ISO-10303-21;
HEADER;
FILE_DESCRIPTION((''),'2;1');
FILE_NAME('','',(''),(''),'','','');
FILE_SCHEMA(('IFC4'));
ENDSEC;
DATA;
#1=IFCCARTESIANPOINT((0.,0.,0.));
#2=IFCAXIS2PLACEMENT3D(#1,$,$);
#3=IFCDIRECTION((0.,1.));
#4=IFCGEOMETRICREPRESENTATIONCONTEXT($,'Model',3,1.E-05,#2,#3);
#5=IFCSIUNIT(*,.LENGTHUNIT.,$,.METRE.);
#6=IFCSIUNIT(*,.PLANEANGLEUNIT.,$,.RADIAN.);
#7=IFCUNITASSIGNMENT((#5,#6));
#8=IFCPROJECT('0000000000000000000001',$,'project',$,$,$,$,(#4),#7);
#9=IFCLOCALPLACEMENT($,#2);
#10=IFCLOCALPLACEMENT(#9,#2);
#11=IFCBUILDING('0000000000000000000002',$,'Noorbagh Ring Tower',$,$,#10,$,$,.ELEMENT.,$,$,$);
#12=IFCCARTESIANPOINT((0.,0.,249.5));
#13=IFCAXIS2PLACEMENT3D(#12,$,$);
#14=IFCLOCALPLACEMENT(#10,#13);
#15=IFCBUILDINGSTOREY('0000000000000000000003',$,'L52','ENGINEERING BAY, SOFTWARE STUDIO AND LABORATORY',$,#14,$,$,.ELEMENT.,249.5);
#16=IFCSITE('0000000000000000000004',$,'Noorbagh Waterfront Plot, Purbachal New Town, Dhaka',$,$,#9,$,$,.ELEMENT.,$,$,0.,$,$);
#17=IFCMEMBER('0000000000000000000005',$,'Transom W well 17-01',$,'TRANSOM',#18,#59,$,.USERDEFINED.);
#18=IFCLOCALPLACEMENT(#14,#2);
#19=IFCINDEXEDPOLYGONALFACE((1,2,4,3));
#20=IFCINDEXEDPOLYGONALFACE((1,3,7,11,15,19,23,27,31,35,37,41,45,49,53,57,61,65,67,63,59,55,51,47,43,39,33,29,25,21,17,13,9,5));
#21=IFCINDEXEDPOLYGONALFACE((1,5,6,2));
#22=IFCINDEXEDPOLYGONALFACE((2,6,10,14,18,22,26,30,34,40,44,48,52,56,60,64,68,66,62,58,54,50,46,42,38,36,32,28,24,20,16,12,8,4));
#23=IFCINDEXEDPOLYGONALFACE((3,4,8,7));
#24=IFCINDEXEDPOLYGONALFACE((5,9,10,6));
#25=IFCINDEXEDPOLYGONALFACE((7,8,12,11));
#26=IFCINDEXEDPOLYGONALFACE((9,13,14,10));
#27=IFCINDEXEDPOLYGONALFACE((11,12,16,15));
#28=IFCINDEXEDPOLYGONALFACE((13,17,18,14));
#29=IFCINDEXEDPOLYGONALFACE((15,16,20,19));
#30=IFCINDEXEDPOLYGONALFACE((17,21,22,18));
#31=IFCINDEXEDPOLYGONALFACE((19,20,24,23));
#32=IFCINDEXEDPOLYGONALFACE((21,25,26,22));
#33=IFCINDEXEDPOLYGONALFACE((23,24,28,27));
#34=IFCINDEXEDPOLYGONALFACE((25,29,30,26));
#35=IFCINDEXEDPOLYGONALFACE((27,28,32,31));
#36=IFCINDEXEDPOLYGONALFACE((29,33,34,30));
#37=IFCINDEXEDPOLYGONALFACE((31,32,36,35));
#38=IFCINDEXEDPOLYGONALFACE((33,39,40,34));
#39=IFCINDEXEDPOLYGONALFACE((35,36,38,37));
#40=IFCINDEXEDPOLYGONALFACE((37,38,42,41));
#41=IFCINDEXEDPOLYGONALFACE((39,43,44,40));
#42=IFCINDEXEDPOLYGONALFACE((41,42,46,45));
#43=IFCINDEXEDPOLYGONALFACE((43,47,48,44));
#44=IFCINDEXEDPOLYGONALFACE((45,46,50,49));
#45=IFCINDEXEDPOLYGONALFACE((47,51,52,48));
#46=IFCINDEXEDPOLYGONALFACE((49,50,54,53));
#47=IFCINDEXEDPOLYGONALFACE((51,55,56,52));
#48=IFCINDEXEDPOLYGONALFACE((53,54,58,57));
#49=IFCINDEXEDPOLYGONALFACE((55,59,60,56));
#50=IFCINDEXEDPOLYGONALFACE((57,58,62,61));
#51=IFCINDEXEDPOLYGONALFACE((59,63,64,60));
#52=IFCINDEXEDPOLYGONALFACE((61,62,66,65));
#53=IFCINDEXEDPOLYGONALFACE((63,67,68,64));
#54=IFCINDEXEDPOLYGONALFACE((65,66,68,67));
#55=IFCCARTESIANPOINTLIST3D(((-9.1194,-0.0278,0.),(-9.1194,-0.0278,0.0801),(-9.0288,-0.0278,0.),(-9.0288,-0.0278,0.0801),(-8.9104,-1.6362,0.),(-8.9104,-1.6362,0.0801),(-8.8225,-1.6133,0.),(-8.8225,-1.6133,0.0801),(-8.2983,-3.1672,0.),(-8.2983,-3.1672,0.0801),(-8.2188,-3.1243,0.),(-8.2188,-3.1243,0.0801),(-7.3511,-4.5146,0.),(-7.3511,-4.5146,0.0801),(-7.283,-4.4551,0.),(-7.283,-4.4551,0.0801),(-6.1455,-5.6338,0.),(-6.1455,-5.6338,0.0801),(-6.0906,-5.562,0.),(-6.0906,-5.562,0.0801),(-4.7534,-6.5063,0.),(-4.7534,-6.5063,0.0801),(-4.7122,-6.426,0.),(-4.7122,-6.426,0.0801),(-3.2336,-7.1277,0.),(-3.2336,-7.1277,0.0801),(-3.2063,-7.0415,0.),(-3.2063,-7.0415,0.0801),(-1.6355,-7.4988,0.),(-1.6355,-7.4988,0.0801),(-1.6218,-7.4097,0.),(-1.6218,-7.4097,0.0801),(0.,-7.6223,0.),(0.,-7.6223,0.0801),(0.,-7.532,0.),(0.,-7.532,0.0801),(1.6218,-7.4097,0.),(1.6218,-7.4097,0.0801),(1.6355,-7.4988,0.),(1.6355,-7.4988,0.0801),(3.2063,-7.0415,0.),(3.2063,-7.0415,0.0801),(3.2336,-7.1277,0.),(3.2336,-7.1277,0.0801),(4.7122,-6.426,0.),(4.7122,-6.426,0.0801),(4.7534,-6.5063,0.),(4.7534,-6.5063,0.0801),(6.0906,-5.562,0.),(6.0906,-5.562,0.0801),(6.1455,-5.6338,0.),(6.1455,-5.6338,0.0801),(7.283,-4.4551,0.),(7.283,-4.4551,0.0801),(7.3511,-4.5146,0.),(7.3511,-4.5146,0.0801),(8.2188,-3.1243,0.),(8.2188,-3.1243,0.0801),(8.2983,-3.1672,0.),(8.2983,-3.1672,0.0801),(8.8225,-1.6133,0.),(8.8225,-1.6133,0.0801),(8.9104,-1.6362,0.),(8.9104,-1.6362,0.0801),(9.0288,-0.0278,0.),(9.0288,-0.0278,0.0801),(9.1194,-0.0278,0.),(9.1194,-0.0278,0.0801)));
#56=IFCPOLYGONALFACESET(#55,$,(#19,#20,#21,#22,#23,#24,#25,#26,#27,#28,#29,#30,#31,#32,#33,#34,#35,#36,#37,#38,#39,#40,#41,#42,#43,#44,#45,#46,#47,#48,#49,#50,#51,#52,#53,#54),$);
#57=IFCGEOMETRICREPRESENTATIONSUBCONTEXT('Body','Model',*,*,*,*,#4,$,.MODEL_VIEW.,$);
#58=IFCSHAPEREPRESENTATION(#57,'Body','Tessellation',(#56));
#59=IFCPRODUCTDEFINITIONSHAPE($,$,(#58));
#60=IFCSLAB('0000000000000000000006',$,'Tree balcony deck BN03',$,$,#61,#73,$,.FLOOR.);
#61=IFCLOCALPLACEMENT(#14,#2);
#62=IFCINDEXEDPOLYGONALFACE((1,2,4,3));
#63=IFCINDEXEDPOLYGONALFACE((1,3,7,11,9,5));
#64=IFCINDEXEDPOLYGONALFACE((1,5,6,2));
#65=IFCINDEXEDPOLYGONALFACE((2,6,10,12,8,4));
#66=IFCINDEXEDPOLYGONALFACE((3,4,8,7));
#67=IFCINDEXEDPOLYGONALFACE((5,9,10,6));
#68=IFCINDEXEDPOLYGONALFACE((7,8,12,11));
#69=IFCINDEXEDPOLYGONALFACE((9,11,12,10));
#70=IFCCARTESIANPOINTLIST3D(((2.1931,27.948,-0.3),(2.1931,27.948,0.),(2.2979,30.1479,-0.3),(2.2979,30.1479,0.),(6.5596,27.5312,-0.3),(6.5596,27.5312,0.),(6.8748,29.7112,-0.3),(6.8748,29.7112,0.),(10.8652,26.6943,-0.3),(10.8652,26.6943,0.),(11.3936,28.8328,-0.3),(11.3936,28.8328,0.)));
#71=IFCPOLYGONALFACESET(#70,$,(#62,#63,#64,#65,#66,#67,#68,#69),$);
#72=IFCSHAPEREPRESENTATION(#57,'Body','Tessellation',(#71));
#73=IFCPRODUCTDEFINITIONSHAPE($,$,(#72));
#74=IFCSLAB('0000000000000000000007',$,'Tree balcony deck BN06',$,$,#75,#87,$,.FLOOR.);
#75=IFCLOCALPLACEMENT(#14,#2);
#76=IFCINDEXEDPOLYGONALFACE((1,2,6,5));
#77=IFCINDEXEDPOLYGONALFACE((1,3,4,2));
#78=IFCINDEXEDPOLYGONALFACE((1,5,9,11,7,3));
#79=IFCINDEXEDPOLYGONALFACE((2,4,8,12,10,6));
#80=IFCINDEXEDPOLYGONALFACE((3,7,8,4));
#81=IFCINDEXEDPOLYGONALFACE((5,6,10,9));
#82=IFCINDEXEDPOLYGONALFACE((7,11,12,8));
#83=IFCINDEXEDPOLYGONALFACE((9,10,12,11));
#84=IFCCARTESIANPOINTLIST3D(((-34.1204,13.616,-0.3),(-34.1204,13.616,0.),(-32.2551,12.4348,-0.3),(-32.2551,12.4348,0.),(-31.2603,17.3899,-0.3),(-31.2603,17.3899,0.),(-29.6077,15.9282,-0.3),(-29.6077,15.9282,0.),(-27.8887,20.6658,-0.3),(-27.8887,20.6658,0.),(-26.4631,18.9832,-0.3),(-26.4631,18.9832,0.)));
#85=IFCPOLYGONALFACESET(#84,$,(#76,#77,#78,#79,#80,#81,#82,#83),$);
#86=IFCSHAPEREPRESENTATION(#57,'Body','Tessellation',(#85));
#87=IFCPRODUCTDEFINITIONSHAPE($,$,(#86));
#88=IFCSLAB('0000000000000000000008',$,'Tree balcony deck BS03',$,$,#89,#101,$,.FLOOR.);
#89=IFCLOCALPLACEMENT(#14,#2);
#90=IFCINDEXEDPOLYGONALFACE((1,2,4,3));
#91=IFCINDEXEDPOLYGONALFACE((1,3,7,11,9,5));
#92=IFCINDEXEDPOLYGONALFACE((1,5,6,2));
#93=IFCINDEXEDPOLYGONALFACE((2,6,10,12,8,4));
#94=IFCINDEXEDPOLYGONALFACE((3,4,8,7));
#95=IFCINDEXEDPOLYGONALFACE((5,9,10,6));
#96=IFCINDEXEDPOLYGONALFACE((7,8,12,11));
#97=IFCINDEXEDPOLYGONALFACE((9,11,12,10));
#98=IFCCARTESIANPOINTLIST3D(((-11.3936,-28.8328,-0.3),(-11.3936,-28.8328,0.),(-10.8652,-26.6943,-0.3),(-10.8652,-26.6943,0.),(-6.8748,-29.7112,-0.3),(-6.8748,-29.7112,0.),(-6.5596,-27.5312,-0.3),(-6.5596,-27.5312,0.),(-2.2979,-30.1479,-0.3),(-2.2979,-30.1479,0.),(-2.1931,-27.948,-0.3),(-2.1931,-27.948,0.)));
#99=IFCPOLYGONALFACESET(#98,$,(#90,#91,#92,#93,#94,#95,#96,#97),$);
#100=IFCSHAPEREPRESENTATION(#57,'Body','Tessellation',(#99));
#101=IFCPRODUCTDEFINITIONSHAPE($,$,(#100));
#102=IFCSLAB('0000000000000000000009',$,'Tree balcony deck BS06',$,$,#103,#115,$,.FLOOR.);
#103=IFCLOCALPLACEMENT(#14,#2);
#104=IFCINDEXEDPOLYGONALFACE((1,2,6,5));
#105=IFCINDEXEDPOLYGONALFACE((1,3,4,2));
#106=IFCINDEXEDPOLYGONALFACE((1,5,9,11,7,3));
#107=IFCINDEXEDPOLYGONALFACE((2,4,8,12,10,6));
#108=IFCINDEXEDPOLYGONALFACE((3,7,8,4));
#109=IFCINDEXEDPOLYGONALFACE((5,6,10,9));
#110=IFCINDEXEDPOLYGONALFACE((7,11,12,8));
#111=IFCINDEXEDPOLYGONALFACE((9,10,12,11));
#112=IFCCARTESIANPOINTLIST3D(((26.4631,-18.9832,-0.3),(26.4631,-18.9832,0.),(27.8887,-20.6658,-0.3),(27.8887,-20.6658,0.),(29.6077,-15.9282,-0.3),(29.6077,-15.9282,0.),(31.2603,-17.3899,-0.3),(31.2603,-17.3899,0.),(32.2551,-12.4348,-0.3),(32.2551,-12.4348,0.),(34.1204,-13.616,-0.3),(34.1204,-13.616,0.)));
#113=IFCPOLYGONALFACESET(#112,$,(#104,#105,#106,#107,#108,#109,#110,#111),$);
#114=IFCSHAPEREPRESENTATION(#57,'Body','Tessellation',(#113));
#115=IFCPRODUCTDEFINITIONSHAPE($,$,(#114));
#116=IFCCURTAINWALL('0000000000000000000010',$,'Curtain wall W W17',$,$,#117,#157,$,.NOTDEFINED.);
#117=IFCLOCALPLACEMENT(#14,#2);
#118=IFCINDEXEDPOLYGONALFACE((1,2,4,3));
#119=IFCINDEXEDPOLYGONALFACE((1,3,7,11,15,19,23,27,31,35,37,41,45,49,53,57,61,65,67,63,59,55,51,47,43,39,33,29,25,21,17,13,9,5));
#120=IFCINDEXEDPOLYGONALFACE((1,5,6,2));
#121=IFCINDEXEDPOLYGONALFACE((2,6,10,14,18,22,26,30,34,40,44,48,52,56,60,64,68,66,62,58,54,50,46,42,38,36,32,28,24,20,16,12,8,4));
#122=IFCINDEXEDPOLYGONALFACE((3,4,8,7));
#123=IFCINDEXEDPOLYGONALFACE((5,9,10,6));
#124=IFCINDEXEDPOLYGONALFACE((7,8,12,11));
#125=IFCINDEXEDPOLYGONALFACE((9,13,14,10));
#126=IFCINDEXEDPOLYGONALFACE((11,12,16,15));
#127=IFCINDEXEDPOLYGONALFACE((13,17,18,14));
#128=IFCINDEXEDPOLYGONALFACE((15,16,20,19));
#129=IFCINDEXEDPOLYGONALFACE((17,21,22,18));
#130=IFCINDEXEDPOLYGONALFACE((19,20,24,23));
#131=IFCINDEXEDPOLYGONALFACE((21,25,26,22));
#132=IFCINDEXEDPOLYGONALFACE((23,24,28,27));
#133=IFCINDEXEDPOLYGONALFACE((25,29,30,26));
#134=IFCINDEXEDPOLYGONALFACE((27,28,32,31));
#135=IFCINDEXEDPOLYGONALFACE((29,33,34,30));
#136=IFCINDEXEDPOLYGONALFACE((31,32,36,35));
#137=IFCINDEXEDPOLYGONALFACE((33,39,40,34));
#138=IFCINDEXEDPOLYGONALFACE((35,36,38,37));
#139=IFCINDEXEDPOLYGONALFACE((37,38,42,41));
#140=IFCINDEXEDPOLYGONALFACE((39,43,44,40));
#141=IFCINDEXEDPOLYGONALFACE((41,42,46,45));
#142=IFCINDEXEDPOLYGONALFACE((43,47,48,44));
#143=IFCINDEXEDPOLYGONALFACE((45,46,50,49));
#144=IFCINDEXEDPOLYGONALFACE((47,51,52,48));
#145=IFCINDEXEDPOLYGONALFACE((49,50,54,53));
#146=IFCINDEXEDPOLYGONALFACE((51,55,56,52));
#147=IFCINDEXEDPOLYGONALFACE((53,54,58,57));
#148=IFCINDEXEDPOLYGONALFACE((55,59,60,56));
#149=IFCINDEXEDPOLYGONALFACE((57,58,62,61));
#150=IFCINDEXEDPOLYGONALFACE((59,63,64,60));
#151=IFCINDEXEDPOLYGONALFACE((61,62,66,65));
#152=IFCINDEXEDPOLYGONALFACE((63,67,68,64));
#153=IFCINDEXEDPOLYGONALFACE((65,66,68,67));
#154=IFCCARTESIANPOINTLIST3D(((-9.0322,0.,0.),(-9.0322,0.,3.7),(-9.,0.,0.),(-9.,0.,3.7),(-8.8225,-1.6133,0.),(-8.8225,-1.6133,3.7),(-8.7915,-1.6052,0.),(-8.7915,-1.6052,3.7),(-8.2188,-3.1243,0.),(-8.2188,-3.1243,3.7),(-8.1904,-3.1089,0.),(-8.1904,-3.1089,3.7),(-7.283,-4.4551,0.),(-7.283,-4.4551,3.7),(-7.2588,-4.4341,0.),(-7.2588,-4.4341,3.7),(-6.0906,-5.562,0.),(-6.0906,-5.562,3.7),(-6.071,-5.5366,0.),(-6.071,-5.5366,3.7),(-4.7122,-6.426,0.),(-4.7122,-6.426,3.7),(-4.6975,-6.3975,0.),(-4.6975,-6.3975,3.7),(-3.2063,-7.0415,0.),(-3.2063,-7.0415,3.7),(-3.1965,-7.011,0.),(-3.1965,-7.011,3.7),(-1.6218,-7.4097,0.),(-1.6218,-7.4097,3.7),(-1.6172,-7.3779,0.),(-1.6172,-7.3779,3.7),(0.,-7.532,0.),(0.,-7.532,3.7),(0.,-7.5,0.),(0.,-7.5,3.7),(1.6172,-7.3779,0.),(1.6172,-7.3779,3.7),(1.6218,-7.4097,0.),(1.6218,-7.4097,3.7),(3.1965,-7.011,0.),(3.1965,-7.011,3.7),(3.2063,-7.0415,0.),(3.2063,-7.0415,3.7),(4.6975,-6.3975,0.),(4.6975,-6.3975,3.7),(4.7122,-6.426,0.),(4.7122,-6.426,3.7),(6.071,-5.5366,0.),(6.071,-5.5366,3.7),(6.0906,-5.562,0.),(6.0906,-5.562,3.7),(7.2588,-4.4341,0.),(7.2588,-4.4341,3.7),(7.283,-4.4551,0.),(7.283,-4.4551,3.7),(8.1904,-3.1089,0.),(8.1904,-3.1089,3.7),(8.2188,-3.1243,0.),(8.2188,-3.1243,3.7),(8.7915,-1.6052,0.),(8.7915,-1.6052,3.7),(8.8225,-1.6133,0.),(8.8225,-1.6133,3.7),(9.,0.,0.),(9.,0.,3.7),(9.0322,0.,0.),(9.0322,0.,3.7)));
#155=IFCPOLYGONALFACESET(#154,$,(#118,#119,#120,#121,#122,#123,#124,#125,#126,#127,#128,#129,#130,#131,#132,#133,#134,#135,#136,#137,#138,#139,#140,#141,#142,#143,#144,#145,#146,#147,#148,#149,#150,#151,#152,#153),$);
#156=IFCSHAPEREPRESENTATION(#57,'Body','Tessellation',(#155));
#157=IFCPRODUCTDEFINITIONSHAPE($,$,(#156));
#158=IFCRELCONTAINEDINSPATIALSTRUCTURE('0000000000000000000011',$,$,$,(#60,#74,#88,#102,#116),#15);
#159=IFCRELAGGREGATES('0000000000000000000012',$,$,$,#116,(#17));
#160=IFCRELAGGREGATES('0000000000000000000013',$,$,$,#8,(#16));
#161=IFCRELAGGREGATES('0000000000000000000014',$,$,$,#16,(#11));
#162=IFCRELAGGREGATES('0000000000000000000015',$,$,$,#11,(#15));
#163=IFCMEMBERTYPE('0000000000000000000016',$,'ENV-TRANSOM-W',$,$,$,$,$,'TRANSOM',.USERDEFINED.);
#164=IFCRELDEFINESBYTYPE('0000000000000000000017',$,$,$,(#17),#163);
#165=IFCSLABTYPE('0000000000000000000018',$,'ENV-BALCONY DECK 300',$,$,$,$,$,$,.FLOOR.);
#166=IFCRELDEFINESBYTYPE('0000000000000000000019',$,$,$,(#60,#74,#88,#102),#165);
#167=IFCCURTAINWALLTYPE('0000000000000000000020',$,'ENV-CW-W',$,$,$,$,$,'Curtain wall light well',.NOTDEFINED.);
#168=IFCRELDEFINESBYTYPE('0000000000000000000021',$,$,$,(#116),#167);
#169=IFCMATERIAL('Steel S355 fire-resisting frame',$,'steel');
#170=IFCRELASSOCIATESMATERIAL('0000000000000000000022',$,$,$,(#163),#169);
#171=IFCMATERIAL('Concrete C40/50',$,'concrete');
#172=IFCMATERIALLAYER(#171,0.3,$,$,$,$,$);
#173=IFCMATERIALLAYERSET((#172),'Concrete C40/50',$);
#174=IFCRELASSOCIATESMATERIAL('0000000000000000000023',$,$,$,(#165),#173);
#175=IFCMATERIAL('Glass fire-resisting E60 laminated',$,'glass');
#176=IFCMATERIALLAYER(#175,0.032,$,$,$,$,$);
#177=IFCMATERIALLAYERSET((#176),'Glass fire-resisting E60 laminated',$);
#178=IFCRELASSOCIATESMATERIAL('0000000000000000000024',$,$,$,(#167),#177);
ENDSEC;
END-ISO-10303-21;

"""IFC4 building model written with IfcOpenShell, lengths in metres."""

from ifc_helpers import new_model, si_unit, direction, frame, origin, place, context, subcontext, project, spatial, polyline, outline, extrude, material, layer, layer_set, type_object, element, aggregate, save


model = new_model("IFC4")

# Units and contexts
model_context = context("Model", 3, precision=1e-05, world=origin(), true_north=direction((0.0, 1.0)))
body_context = subcontext(model_context, "Body", "Model", "MODEL_VIEW")
ifc_project = project(units=[si_unit("LENGTHUNIT", "METRE"), si_unit("PLANEANGLEUNIT", "RADIAN")], contexts=[model_context])

# Member
site_placement = place(None, origin())
building_placement = place(site_placement, origin())
storey_placement = place(building_placement, frame((0.0, 0.0, 249.5)))
ifc_material_1 = material(Name="Steel S355 fire-resisting frame", Category="steel")
member_type_1 = type_object("IfcMemberType", Name="ENV-TRANSOM-W", ElementType="TRANSOM", PredefinedType="USERDEFINED", material=ifc_material_1)
member_1_placement = place(storey_placement, origin())
member_1 = element("IfcMember", 1, at=member_1_placement, type_object=member_type_1, Name="Transom W well 17-01", ObjectType="TRANSOM", PredefinedType="USERDEFINED", context=body_context, shape_type="SweptSolid", body=[
    extrude(outline(polyline([(-9.1194, -0.0278), (-8.9104, -1.6362), (-8.2983, -3.1672), (-7.3511, -4.5146), (-6.1455, -5.6338), (-4.7534, -6.5063), (-3.2336, -7.1277), (-1.6355, -7.4988), (0.0, -7.6223), (1.6355, -7.4988), (3.2336, -7.1277), (4.7534, -6.5063), (6.1455, -5.6338), (7.3511, -4.5146), (8.2983, -3.1672), (8.9104, -1.6362), (9.1194, -0.0278), (9.0288, -0.0278), (8.8225, -1.6133), (8.2188, -3.1243), (7.283, -4.4551), (6.0906, -5.562), (4.7122, -6.426), (3.2063, -7.0415), (1.6218, -7.4097), (0.0, -7.532), (-1.6218, -7.4097), (-3.2063, -7.0415), (-4.7122, -6.426), (-6.0906, -5.562), (-7.283, -4.4551), (-8.2188, -3.1243), (-8.8225, -1.6133), (-9.0288, -0.0278), (-9.1194, -0.0278)])), origin(), (0.0, 0.0, 1.0), 0.0801),
])

# Site, building, storey
site = spatial("IfcSite", under=ifc_project, at=site_placement, Name="Noorbagh Waterfront Plot, Purbachal New Town, Dhaka", CompositionType="ELEMENT", RefElevation=0.0)
building = spatial("IfcBuilding", under=site, at=building_placement, Name="Noorbagh Ring Tower", CompositionType="ELEMENT")
storey = spatial("IfcBuildingStorey", under=building, at=storey_placement, Name="L52", Description="ENGINEERING BAY, SOFTWARE STUDIO AND LABORATORY", CompositionType="ELEMENT", Elevation=249.5)

# Slabs
ifc_material_2 = material(Name="Concrete C40/50", Category="concrete")
ifc_layer_1 = layer(ifc_material_2, 0.3)
ifc_layer_set_1 = layer_set([ifc_layer_1], Name="Concrete C40/50")
slab_type = type_object("IfcSlabType", Name="ENV-BALCONY DECK 300", PredefinedType="FLOOR", material=ifc_layer_set_1)
slab_1_placement = place(storey_placement, frame((0.0, 0.0, -0.3)))
element("IfcSlab", 2, at=slab_1_placement, inside=storey, type_object=slab_type, Name="Tree balcony deck BN03", PredefinedType="FLOOR", context=body_context, shape_type="SweptSolid", body=[
    extrude(outline(polyline([(11.3936, 28.8328), (6.8748, 29.7112), (2.2979, 30.1479), (2.1931, 27.948), (6.5596, 27.5312), (10.8652, 26.6943), (11.3936, 28.8328)])), origin(), (0.0, 0.0, 1.0), 0.3),
])
slab_2_placement = place(storey_placement, frame((0.0, 0.0, -0.3)))
element("IfcSlab", 3, at=slab_2_placement, inside=storey, type_object=slab_type, Name="Tree balcony deck BN06", PredefinedType="FLOOR", context=body_context, shape_type="SweptSolid", body=[
    extrude(outline(polyline([(-27.8887, 20.6658), (-31.2603, 17.3899), (-34.1204, 13.616), (-32.2551, 12.4348), (-29.6077, 15.9282), (-26.4631, 18.9832), (-27.8887, 20.6658)])), origin(), (0.0, 0.0, 1.0), 0.3),
])
slab_3_placement = place(storey_placement, frame((0.0, 0.0, -0.3)))
element("IfcSlab", 4, at=slab_3_placement, inside=storey, type_object=slab_type, Name="Tree balcony deck BS03", PredefinedType="FLOOR", context=body_context, shape_type="SweptSolid", body=[
    extrude(outline(polyline([(-11.3936, -28.8328), (-6.8748, -29.7112), (-2.2979, -30.1479), (-2.1931, -27.948), (-6.5596, -27.5312), (-10.8652, -26.6943), (-11.3936, -28.8328)])), origin(), (0.0, 0.0, 1.0), 0.3),
])
slab_4_placement = place(storey_placement, frame((0.0, 0.0, -0.3)))
element("IfcSlab", 5, at=slab_4_placement, inside=storey, type_object=slab_type, Name="Tree balcony deck BS06", PredefinedType="FLOOR", context=body_context, shape_type="SweptSolid", body=[
    extrude(outline(polyline([(27.8887, -20.6658), (31.2603, -17.3899), (34.1204, -13.616), (32.2551, -12.4348), (29.6077, -15.9282), (26.4631, -18.9832), (27.8887, -20.6658)])), origin(), (0.0, 0.0, 1.0), 0.3),
])

# Curtain wall
ifc_material_3 = material(Name="Glass fire-resisting E60 laminated", Category="glass")
ifc_layer_2 = layer(ifc_material_3, 0.032)
ifc_layer_set_2 = layer_set([ifc_layer_2], Name="Glass fire-resisting E60 laminated")
curtain_wall_type_1 = type_object("IfcCurtainWallType", Name="ENV-CW-W", ElementType="Curtain wall light well", PredefinedType="NOTDEFINED", material=ifc_layer_set_2)
curtain_wall_1_placement = place(storey_placement, origin())
curtain_wall_1 = element("IfcCurtainWall", 6, at=curtain_wall_1_placement, inside=storey, type_object=curtain_wall_type_1, Name="Curtain wall W W17", PredefinedType="NOTDEFINED", context=body_context, shape_type="SweptSolid", body=[
    extrude(outline(polyline([(-9.0322, 0.0), (-8.8225, -1.6133), (-8.2188, -3.1243), (-7.283, -4.4551), (-6.0906, -5.562), (-4.7122, -6.426), (-3.2063, -7.0415), (-1.6218, -7.4097), (0.0, -7.532), (1.6218, -7.4097), (3.2063, -7.0415), (4.7122, -6.426), (6.0906, -5.562), (7.283, -4.4551), (8.2188, -3.1243), (8.8225, -1.6133), (9.0322, 0.0), (9.0, 0.0), (8.7915, -1.6052), (8.1904, -3.1089), (7.2588, -4.4341), (6.071, -5.5366), (4.6975, -6.3975), (3.1965, -7.011), (1.6172, -7.3779), (0.0, -7.5), (-1.6172, -7.3779), (-3.1965, -7.011), (-4.6975, -6.3975), (-6.071, -5.5366), (-7.2588, -4.4341), (-8.1904, -3.1089), (-8.7915, -1.6052), (-9.0, 0.0), (-9.0322, 0.0)])), origin(), (0.0, 0.0, 1.0), 3.7),
])
aggregate(curtain_wall_1, [member_1])

save(model, "model.ifc")
